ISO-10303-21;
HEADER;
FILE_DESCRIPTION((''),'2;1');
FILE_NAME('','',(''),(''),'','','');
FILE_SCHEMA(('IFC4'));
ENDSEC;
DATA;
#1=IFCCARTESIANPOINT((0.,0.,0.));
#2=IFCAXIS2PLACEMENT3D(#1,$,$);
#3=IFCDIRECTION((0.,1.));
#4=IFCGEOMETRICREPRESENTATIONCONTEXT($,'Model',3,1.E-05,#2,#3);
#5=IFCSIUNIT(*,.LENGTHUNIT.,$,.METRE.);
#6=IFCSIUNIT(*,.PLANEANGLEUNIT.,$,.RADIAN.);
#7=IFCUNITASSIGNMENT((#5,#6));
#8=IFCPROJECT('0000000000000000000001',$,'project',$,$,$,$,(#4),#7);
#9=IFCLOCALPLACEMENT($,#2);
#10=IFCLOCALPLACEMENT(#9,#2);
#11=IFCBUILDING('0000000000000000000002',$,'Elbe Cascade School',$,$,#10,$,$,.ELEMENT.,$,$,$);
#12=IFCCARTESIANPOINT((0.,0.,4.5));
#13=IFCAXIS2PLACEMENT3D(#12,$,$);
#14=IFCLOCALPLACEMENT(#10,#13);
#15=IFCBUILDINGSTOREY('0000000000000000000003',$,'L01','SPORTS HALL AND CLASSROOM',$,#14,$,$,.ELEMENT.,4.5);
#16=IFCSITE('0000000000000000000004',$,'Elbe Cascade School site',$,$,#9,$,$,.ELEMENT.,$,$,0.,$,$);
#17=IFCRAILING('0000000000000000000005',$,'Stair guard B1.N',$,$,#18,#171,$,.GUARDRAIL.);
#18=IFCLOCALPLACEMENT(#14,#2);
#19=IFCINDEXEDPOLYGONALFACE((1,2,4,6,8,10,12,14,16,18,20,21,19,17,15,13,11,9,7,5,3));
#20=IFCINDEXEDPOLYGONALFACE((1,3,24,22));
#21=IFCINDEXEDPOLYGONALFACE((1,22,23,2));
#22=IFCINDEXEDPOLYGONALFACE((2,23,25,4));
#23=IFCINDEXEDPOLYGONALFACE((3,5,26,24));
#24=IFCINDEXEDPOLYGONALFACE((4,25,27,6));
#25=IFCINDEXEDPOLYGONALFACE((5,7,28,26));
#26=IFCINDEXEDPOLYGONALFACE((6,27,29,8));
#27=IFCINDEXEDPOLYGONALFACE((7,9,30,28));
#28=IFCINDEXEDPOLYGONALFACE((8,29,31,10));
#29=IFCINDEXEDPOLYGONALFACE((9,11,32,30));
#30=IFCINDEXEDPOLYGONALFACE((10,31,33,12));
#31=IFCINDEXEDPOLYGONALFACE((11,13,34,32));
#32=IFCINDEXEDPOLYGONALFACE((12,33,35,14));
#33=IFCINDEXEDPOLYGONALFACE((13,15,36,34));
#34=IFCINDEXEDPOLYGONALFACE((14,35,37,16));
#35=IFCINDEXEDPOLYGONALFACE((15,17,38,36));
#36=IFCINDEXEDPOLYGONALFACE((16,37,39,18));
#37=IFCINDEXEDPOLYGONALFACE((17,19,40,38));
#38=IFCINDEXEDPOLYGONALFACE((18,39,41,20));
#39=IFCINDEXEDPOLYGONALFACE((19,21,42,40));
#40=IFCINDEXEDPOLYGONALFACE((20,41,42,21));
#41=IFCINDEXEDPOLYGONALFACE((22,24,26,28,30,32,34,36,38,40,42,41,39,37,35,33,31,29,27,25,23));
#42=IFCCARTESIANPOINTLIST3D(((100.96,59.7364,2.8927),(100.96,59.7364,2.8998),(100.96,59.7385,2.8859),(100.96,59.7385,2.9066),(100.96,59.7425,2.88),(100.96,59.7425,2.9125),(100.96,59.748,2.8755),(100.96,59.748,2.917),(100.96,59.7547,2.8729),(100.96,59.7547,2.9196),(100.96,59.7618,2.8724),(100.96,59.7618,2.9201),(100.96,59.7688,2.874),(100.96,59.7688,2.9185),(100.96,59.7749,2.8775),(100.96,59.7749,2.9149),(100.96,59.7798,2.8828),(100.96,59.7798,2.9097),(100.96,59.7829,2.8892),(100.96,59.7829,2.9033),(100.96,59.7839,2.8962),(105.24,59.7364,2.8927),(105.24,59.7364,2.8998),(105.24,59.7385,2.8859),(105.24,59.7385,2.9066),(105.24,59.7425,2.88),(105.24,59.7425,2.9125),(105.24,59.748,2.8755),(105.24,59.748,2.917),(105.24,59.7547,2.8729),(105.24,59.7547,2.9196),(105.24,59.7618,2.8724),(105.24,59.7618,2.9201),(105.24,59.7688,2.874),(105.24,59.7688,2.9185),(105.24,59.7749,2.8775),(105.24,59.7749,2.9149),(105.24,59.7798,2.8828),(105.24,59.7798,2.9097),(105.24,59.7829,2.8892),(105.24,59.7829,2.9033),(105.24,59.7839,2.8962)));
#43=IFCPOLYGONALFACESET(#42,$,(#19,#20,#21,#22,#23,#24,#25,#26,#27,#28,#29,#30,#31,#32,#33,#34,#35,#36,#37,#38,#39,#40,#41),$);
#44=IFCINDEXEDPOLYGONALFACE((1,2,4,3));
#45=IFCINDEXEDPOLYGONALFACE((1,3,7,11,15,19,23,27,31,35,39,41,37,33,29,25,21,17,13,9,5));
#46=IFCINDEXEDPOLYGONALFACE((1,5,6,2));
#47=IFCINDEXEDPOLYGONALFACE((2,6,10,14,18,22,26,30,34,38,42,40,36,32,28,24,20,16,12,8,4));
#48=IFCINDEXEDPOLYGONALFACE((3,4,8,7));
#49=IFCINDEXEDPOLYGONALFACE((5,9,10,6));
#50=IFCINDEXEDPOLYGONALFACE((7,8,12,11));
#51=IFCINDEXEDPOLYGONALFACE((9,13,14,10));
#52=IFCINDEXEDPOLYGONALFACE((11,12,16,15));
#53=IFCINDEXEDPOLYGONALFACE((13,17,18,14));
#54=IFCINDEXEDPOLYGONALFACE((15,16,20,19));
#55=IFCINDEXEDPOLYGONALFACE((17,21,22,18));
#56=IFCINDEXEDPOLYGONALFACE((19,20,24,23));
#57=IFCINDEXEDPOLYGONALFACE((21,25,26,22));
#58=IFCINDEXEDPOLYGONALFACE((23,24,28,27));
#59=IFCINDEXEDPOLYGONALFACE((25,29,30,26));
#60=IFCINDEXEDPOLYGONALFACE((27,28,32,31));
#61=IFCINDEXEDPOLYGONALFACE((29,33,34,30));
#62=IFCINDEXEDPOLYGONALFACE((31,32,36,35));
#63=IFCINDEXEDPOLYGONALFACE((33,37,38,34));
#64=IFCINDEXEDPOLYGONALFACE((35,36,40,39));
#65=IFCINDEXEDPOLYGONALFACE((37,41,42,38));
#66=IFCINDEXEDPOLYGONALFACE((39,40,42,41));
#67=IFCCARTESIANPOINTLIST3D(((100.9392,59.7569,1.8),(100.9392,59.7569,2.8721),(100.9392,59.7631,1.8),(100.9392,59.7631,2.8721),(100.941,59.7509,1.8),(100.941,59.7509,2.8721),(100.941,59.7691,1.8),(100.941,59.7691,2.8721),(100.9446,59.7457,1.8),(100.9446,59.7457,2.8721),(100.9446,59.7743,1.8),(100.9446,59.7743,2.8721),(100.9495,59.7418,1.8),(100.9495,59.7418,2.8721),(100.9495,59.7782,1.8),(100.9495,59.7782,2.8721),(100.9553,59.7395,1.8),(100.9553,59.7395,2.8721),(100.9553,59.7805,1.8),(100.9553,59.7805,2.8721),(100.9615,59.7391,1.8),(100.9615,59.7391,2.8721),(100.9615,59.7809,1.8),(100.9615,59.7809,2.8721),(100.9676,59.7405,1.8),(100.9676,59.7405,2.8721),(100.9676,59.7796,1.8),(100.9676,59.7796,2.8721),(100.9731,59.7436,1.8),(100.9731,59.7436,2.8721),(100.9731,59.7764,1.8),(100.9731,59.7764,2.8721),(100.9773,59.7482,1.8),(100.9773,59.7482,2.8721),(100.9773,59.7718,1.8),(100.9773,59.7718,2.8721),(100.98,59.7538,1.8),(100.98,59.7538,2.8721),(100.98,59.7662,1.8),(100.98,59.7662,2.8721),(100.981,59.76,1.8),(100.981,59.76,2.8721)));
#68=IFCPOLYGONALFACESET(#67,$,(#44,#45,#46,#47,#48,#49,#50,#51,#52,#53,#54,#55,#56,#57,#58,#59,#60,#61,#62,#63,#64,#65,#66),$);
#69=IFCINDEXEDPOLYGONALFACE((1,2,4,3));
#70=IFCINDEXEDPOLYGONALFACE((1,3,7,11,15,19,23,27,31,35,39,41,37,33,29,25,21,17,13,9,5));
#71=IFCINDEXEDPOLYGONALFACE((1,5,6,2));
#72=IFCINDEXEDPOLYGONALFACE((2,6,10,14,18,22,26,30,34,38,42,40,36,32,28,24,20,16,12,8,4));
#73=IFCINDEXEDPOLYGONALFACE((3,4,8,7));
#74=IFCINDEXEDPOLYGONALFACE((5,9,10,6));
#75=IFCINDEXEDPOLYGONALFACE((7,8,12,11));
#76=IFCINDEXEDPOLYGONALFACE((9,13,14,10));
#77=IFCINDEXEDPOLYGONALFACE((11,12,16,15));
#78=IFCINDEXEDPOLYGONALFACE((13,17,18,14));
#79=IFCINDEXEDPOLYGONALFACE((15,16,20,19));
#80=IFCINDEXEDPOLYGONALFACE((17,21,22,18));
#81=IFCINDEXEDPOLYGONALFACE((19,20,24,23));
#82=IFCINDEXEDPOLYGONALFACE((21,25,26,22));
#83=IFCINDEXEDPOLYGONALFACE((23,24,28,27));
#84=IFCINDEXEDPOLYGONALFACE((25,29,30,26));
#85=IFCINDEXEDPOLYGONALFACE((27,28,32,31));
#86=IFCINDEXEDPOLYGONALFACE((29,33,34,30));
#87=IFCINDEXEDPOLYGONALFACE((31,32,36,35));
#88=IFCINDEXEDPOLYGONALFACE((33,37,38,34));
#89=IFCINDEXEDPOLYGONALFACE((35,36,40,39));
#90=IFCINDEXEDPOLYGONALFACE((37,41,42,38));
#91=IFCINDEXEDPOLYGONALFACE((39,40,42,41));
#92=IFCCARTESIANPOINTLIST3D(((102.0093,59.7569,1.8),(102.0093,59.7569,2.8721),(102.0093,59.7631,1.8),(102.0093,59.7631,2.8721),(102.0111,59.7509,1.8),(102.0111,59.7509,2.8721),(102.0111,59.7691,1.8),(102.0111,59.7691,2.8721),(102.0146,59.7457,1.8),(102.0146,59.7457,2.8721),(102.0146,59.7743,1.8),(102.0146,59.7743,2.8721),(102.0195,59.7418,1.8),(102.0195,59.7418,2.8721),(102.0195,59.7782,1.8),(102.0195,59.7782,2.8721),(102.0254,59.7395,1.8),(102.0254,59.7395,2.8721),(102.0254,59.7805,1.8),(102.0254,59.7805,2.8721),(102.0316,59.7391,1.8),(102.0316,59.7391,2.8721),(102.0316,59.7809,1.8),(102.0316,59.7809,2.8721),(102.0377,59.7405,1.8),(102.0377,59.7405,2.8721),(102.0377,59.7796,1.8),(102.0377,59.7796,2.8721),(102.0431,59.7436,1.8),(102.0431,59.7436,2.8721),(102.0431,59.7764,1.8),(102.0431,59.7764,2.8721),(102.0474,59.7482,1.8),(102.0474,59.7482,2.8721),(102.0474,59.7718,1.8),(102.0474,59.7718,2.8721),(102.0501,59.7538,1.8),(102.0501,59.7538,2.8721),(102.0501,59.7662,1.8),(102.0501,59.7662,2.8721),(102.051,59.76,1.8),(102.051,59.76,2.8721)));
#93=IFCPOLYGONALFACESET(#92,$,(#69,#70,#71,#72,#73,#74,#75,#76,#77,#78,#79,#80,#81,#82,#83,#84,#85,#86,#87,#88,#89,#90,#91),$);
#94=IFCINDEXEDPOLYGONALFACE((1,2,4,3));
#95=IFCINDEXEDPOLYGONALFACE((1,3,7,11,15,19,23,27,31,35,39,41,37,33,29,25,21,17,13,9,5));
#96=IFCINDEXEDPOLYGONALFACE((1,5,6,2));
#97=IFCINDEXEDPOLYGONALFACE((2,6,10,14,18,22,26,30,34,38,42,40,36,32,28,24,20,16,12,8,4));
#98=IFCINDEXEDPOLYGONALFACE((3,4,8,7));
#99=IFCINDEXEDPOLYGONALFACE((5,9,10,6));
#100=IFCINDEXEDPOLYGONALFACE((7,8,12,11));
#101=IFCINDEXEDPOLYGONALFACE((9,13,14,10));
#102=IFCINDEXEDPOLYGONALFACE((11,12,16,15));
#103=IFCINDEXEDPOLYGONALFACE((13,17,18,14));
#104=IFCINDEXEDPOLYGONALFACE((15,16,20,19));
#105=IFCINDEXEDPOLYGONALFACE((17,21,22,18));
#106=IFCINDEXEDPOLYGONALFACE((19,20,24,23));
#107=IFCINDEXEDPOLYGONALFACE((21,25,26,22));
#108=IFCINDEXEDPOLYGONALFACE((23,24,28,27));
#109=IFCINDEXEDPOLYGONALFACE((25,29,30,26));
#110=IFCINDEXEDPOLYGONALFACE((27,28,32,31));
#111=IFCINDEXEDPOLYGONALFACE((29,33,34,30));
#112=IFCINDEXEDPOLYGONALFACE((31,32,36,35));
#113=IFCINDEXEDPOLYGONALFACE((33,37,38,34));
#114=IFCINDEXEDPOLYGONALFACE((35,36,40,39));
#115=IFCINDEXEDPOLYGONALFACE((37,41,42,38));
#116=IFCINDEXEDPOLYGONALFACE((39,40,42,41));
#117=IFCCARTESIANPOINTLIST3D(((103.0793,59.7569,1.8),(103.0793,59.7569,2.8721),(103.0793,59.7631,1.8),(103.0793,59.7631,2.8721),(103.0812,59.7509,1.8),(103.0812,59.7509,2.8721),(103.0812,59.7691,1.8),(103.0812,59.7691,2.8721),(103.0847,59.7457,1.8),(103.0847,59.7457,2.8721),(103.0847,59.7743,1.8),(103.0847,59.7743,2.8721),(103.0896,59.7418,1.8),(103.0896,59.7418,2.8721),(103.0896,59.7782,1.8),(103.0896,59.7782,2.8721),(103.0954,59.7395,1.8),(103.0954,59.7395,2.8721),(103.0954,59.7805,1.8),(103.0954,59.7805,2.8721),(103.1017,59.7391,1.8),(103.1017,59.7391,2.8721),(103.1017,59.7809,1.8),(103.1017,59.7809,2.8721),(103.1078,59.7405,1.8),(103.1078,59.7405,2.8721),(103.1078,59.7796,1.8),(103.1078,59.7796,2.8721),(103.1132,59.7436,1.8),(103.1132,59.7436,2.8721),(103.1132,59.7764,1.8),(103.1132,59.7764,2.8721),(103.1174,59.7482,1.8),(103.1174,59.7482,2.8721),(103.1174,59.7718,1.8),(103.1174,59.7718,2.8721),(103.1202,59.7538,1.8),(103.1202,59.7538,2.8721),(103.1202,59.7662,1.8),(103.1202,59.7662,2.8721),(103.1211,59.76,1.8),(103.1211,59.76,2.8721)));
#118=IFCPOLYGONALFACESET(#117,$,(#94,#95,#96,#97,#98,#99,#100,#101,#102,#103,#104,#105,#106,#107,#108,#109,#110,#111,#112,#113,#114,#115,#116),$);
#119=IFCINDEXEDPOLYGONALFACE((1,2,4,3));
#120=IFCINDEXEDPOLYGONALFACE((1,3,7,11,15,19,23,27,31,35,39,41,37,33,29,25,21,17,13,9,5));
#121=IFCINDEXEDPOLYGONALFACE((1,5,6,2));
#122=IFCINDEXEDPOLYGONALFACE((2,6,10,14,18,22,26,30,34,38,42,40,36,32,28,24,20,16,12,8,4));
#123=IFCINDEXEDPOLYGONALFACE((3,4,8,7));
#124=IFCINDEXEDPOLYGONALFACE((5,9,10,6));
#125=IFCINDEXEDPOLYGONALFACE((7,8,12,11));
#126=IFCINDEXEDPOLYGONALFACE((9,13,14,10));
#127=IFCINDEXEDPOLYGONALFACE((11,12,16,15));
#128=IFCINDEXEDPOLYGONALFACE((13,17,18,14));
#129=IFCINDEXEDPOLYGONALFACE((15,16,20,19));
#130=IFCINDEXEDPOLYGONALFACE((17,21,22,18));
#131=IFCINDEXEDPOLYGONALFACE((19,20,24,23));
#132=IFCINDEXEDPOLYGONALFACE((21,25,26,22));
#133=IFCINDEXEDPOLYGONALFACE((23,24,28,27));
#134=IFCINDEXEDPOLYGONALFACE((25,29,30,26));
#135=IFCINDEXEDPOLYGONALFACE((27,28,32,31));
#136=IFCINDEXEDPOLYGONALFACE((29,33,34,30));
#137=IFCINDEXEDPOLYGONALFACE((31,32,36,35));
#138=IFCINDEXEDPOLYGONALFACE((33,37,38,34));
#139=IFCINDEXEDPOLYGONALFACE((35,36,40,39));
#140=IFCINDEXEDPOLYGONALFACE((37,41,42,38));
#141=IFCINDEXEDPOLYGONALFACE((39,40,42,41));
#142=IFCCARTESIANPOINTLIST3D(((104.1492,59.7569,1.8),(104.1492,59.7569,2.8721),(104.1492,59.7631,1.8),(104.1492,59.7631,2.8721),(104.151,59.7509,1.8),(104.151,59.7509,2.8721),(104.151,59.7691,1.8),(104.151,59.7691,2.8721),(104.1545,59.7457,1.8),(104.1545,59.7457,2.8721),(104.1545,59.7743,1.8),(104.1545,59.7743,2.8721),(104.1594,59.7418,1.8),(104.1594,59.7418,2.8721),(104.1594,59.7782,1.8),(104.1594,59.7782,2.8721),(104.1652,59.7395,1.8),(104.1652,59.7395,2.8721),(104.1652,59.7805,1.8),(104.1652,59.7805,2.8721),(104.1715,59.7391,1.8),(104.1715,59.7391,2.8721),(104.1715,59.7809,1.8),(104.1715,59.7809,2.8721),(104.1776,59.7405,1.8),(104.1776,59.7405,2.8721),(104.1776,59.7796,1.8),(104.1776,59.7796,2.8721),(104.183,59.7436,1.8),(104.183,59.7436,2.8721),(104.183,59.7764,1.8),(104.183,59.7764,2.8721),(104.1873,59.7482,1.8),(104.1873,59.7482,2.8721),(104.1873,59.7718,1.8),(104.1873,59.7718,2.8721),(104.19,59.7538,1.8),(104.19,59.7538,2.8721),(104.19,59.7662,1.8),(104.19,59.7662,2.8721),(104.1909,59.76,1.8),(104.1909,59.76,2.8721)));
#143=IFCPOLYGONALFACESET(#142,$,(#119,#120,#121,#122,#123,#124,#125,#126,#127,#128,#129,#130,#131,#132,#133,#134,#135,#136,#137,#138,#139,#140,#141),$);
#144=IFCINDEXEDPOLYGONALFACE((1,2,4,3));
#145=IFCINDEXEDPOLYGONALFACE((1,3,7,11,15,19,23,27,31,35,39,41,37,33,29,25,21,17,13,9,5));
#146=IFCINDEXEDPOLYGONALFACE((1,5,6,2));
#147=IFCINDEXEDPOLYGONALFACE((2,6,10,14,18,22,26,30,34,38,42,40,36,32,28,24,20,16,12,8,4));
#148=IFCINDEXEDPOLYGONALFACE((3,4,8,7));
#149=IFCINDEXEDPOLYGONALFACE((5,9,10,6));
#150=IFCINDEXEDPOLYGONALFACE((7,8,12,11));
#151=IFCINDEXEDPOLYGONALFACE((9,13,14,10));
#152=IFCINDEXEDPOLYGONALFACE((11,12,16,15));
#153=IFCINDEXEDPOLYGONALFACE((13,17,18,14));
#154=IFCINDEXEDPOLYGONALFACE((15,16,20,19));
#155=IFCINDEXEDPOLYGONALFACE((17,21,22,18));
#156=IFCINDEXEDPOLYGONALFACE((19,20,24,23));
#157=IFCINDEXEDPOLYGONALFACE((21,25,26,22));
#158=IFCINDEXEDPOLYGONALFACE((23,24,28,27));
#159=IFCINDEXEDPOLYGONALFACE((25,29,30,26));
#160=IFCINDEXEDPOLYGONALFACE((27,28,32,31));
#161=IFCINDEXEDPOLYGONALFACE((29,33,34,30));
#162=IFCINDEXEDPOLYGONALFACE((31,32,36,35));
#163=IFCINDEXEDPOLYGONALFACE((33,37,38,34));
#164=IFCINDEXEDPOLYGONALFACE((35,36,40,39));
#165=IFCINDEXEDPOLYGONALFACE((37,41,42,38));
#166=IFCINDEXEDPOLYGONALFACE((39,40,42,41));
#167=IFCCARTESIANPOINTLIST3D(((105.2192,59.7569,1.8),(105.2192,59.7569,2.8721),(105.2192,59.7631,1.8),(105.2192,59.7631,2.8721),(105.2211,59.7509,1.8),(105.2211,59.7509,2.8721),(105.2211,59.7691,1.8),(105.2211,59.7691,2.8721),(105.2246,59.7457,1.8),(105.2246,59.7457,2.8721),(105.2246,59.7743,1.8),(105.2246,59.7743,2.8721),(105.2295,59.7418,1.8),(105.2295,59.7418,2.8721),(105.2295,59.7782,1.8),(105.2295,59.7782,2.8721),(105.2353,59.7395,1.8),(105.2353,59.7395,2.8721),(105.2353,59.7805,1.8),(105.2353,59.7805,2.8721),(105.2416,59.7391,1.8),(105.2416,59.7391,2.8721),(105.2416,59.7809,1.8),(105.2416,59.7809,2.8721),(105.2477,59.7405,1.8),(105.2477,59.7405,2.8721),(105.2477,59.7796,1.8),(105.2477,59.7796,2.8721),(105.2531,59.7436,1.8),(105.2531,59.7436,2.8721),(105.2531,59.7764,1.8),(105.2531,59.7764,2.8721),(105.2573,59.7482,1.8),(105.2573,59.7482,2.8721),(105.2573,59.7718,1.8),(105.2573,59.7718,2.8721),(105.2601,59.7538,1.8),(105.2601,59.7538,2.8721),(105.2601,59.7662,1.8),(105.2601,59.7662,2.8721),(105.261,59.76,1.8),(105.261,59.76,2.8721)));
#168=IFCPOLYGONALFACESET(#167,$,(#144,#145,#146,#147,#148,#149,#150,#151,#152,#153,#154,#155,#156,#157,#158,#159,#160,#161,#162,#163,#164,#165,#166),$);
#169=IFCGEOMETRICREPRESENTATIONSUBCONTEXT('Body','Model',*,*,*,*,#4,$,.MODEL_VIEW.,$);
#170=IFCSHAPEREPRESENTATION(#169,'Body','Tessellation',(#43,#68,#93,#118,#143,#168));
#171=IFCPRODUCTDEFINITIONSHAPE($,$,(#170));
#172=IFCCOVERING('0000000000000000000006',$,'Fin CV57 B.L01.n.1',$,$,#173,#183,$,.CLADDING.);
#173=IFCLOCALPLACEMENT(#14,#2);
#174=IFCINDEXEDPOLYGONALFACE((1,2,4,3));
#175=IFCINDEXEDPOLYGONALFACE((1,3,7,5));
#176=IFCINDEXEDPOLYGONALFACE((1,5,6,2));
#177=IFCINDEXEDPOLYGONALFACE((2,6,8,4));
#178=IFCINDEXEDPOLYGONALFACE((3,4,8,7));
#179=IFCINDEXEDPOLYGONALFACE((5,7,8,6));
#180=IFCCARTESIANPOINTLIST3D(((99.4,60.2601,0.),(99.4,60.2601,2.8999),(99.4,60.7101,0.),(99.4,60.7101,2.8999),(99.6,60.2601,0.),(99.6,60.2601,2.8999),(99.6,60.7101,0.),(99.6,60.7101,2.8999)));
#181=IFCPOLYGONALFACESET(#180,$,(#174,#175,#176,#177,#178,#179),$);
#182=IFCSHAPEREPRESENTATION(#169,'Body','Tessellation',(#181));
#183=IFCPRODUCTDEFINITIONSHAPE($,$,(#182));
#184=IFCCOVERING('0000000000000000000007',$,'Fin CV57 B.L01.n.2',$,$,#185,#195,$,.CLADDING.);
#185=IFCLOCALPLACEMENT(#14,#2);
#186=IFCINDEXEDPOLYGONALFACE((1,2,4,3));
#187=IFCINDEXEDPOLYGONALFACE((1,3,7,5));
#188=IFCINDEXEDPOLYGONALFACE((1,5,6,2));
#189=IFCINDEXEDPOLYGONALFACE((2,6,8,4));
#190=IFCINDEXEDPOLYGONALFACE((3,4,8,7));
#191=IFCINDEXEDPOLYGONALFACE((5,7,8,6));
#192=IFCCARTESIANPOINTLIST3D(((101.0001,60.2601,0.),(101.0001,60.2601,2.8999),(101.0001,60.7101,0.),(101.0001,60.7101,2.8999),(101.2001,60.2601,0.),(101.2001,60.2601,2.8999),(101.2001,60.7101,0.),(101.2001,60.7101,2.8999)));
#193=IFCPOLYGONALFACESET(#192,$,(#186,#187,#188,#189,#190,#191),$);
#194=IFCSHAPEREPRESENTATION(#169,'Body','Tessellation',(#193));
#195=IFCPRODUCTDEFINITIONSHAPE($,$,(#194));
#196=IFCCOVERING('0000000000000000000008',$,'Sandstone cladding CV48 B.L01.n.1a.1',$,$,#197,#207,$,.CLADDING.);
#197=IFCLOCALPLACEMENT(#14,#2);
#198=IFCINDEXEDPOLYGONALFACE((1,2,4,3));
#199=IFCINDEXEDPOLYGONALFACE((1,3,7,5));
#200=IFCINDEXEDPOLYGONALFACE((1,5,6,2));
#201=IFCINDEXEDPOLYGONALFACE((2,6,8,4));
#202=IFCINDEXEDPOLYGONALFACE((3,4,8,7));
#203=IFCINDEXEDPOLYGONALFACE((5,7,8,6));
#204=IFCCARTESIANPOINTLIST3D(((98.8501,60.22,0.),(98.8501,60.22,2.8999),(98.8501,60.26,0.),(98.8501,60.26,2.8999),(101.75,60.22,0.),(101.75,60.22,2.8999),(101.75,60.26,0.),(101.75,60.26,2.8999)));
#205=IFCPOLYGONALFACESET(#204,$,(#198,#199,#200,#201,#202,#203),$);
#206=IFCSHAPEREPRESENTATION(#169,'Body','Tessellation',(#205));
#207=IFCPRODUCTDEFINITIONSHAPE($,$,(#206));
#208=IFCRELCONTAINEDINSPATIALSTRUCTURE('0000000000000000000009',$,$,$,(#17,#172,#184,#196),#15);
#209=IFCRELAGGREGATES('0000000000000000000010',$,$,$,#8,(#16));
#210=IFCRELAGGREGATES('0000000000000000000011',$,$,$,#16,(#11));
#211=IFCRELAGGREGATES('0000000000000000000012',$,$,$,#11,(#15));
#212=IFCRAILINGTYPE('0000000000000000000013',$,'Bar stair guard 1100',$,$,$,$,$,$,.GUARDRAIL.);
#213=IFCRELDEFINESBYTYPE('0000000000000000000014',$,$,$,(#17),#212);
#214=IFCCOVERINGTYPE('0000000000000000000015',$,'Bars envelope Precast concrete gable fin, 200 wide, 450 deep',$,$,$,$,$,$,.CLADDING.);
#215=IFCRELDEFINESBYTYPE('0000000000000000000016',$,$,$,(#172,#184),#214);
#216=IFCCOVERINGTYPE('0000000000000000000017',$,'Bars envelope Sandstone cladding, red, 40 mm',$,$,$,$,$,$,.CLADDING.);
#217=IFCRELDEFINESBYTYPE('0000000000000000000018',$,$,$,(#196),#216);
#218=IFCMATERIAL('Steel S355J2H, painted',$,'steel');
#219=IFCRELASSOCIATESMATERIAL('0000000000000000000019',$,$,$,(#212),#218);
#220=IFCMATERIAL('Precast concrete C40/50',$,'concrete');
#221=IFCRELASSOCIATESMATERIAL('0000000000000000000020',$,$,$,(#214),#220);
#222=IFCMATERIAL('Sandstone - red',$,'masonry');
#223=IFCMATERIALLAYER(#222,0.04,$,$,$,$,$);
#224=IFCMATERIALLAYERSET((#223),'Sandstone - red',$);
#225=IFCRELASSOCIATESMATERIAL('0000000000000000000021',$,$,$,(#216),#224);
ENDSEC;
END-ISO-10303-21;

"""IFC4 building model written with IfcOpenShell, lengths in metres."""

from ifc_helpers import new_model, si_unit, direction, frame, origin, origin_2d, place, context, subcontext, project, spatial, rectangle, circle, extrude, material, layer, layer_set, type_object, element, save


model = new_model("IFC4")

# Units and contexts
model_context = context("Model", 3, precision=1e-05, world=origin(), true_north=direction((0.0, 1.0)))
body_context = subcontext(model_context, "Body", "Model", "MODEL_VIEW")
ifc_project = project(units=[si_unit("LENGTHUNIT", "METRE"), si_unit("PLANEANGLEUNIT", "RADIAN")], contexts=[model_context])

# Site, building, storey
site_placement = place(None, origin())
site = spatial("IfcSite", under=ifc_project, at=site_placement, Name="Elbe Cascade School site", CompositionType="ELEMENT", RefElevation=0.0)
building_placement = place(site_placement, origin())
building = spatial("IfcBuilding", under=site, at=building_placement, Name="Elbe Cascade School", CompositionType="ELEMENT")
storey_placement = place(building_placement, frame((0.0, 0.0, 4.5)))
storey = spatial("IfcBuildingStorey", under=building, at=storey_placement, Name="L01", Description="SPORTS HALL AND CLASSROOM", CompositionType="ELEMENT", Elevation=4.5)

# Railing
ifc_material_1 = material(Name="Steel S355J2H, painted", Category="steel")
railing_type = type_object("IfcRailingType", Name="Bar stair guard 1100", PredefinedType="GUARDRAIL", material=ifc_material_1)
railing_placement = place(storey_placement, frame((100.96, 59.76, 1.8)))
element("IfcRailing", 1, at=railing_placement, inside=storey, type_object=railing_type, Name="Stair guard B1.N", PredefinedType="GUARDRAIL", context=body_context, shape_type="SweptSolid", body=[
    extrude(circle(Radius=0.0239, at=origin_2d()), frame((0.0, 0.0, 1.0962), z_axis=(1.0, 0.0, 0.0), x_axis=(0.0, 1.0, 0.0)), (0.0, 0.0, 1.0), 4.28),
    extrude(circle(Radius=0.021, at=origin_2d()), origin(), (0.0, 0.0, 1.0), 1.072),
    extrude(circle(Radius=0.021, at=origin_2d()), frame((1.0701, 0.0, 0.0)), (0.0, 0.0, 1.0), 1.072),
    extrude(circle(Radius=0.021, at=origin_2d()), frame((2.1401, 0.0, 0.0)), (0.0, 0.0, 1.0), 1.072),
    extrude(circle(Radius=0.021, at=origin_2d()), frame((3.21, 0.0, 0.0)), (0.0, 0.0, 1.0), 1.072),
    extrude(circle(Radius=0.021, at=origin_2d()), frame((4.28, 0.0, 0.0)), (0.0, 0.0, 1.0), 1.072),
])

# Coverings
ifc_material_2 = material(Name="Precast concrete C40/50", Category="concrete")
covering_type_1 = type_object("IfcCoveringType", Name="Bars envelope Precast concrete gable fin, 200 wide, 450 deep", PredefinedType="CLADDING", material=ifc_material_2)
for number, where, z_axis, x_axis, name in (
    (2, (99.5, 60.4851, 0.0), (0.0, 0.0, 1.0), (1.0, 0.0, 0.0), "Fin CV57 B.L01.n.1"),
    (3, (101.1001, 60.4851, 0.0), (0.0, 0.0, 1.0), (1.0, 0.0, 0.0), "Fin CV57 B.L01.n.2"),
):
    element("IfcCovering", number, at=place(storey_placement, frame(where, z_axis=z_axis, x_axis=x_axis)), inside=storey, type_object=covering_type_1, Name=name, PredefinedType="CLADDING", context=body_context, shape_type="SweptSolid", body=[
        extrude(rectangle(XDim=0.2, YDim=0.45, at=origin_2d()), origin(), (0.0, 0.0, 1.0), 2.8999),
    ])
ifc_material_3 = material(Name="Sandstone - red", Category="masonry")
ifc_layer_1 = layer(ifc_material_3, 0.04)
ifc_layer_set_1 = layer_set([ifc_layer_1], Name="Sandstone - red")
covering_type_2 = type_object("IfcCoveringType", Name="Bars envelope Sandstone cladding, red, 40 mm", PredefinedType="CLADDING", material=ifc_layer_set_1)
covering_placement = place(storey_placement, frame((100.3, 60.24, 0.0), z_axis=(0.0, 0.0, 1.0), x_axis=(1.0, 0.0, 0.0)))
element("IfcCovering", 4, at=covering_placement, inside=storey, type_object=covering_type_2, Name="Sandstone cladding CV48 B.L01.n.1a.1", PredefinedType="CLADDING", context=body_context, shape_type="SweptSolid", body=[
    extrude(rectangle(XDim=2.8999, YDim=0.04, at=origin_2d()), origin(), (0.0, 0.0, 1.0), 2.8999),
])

save(model, "model.ifc")
